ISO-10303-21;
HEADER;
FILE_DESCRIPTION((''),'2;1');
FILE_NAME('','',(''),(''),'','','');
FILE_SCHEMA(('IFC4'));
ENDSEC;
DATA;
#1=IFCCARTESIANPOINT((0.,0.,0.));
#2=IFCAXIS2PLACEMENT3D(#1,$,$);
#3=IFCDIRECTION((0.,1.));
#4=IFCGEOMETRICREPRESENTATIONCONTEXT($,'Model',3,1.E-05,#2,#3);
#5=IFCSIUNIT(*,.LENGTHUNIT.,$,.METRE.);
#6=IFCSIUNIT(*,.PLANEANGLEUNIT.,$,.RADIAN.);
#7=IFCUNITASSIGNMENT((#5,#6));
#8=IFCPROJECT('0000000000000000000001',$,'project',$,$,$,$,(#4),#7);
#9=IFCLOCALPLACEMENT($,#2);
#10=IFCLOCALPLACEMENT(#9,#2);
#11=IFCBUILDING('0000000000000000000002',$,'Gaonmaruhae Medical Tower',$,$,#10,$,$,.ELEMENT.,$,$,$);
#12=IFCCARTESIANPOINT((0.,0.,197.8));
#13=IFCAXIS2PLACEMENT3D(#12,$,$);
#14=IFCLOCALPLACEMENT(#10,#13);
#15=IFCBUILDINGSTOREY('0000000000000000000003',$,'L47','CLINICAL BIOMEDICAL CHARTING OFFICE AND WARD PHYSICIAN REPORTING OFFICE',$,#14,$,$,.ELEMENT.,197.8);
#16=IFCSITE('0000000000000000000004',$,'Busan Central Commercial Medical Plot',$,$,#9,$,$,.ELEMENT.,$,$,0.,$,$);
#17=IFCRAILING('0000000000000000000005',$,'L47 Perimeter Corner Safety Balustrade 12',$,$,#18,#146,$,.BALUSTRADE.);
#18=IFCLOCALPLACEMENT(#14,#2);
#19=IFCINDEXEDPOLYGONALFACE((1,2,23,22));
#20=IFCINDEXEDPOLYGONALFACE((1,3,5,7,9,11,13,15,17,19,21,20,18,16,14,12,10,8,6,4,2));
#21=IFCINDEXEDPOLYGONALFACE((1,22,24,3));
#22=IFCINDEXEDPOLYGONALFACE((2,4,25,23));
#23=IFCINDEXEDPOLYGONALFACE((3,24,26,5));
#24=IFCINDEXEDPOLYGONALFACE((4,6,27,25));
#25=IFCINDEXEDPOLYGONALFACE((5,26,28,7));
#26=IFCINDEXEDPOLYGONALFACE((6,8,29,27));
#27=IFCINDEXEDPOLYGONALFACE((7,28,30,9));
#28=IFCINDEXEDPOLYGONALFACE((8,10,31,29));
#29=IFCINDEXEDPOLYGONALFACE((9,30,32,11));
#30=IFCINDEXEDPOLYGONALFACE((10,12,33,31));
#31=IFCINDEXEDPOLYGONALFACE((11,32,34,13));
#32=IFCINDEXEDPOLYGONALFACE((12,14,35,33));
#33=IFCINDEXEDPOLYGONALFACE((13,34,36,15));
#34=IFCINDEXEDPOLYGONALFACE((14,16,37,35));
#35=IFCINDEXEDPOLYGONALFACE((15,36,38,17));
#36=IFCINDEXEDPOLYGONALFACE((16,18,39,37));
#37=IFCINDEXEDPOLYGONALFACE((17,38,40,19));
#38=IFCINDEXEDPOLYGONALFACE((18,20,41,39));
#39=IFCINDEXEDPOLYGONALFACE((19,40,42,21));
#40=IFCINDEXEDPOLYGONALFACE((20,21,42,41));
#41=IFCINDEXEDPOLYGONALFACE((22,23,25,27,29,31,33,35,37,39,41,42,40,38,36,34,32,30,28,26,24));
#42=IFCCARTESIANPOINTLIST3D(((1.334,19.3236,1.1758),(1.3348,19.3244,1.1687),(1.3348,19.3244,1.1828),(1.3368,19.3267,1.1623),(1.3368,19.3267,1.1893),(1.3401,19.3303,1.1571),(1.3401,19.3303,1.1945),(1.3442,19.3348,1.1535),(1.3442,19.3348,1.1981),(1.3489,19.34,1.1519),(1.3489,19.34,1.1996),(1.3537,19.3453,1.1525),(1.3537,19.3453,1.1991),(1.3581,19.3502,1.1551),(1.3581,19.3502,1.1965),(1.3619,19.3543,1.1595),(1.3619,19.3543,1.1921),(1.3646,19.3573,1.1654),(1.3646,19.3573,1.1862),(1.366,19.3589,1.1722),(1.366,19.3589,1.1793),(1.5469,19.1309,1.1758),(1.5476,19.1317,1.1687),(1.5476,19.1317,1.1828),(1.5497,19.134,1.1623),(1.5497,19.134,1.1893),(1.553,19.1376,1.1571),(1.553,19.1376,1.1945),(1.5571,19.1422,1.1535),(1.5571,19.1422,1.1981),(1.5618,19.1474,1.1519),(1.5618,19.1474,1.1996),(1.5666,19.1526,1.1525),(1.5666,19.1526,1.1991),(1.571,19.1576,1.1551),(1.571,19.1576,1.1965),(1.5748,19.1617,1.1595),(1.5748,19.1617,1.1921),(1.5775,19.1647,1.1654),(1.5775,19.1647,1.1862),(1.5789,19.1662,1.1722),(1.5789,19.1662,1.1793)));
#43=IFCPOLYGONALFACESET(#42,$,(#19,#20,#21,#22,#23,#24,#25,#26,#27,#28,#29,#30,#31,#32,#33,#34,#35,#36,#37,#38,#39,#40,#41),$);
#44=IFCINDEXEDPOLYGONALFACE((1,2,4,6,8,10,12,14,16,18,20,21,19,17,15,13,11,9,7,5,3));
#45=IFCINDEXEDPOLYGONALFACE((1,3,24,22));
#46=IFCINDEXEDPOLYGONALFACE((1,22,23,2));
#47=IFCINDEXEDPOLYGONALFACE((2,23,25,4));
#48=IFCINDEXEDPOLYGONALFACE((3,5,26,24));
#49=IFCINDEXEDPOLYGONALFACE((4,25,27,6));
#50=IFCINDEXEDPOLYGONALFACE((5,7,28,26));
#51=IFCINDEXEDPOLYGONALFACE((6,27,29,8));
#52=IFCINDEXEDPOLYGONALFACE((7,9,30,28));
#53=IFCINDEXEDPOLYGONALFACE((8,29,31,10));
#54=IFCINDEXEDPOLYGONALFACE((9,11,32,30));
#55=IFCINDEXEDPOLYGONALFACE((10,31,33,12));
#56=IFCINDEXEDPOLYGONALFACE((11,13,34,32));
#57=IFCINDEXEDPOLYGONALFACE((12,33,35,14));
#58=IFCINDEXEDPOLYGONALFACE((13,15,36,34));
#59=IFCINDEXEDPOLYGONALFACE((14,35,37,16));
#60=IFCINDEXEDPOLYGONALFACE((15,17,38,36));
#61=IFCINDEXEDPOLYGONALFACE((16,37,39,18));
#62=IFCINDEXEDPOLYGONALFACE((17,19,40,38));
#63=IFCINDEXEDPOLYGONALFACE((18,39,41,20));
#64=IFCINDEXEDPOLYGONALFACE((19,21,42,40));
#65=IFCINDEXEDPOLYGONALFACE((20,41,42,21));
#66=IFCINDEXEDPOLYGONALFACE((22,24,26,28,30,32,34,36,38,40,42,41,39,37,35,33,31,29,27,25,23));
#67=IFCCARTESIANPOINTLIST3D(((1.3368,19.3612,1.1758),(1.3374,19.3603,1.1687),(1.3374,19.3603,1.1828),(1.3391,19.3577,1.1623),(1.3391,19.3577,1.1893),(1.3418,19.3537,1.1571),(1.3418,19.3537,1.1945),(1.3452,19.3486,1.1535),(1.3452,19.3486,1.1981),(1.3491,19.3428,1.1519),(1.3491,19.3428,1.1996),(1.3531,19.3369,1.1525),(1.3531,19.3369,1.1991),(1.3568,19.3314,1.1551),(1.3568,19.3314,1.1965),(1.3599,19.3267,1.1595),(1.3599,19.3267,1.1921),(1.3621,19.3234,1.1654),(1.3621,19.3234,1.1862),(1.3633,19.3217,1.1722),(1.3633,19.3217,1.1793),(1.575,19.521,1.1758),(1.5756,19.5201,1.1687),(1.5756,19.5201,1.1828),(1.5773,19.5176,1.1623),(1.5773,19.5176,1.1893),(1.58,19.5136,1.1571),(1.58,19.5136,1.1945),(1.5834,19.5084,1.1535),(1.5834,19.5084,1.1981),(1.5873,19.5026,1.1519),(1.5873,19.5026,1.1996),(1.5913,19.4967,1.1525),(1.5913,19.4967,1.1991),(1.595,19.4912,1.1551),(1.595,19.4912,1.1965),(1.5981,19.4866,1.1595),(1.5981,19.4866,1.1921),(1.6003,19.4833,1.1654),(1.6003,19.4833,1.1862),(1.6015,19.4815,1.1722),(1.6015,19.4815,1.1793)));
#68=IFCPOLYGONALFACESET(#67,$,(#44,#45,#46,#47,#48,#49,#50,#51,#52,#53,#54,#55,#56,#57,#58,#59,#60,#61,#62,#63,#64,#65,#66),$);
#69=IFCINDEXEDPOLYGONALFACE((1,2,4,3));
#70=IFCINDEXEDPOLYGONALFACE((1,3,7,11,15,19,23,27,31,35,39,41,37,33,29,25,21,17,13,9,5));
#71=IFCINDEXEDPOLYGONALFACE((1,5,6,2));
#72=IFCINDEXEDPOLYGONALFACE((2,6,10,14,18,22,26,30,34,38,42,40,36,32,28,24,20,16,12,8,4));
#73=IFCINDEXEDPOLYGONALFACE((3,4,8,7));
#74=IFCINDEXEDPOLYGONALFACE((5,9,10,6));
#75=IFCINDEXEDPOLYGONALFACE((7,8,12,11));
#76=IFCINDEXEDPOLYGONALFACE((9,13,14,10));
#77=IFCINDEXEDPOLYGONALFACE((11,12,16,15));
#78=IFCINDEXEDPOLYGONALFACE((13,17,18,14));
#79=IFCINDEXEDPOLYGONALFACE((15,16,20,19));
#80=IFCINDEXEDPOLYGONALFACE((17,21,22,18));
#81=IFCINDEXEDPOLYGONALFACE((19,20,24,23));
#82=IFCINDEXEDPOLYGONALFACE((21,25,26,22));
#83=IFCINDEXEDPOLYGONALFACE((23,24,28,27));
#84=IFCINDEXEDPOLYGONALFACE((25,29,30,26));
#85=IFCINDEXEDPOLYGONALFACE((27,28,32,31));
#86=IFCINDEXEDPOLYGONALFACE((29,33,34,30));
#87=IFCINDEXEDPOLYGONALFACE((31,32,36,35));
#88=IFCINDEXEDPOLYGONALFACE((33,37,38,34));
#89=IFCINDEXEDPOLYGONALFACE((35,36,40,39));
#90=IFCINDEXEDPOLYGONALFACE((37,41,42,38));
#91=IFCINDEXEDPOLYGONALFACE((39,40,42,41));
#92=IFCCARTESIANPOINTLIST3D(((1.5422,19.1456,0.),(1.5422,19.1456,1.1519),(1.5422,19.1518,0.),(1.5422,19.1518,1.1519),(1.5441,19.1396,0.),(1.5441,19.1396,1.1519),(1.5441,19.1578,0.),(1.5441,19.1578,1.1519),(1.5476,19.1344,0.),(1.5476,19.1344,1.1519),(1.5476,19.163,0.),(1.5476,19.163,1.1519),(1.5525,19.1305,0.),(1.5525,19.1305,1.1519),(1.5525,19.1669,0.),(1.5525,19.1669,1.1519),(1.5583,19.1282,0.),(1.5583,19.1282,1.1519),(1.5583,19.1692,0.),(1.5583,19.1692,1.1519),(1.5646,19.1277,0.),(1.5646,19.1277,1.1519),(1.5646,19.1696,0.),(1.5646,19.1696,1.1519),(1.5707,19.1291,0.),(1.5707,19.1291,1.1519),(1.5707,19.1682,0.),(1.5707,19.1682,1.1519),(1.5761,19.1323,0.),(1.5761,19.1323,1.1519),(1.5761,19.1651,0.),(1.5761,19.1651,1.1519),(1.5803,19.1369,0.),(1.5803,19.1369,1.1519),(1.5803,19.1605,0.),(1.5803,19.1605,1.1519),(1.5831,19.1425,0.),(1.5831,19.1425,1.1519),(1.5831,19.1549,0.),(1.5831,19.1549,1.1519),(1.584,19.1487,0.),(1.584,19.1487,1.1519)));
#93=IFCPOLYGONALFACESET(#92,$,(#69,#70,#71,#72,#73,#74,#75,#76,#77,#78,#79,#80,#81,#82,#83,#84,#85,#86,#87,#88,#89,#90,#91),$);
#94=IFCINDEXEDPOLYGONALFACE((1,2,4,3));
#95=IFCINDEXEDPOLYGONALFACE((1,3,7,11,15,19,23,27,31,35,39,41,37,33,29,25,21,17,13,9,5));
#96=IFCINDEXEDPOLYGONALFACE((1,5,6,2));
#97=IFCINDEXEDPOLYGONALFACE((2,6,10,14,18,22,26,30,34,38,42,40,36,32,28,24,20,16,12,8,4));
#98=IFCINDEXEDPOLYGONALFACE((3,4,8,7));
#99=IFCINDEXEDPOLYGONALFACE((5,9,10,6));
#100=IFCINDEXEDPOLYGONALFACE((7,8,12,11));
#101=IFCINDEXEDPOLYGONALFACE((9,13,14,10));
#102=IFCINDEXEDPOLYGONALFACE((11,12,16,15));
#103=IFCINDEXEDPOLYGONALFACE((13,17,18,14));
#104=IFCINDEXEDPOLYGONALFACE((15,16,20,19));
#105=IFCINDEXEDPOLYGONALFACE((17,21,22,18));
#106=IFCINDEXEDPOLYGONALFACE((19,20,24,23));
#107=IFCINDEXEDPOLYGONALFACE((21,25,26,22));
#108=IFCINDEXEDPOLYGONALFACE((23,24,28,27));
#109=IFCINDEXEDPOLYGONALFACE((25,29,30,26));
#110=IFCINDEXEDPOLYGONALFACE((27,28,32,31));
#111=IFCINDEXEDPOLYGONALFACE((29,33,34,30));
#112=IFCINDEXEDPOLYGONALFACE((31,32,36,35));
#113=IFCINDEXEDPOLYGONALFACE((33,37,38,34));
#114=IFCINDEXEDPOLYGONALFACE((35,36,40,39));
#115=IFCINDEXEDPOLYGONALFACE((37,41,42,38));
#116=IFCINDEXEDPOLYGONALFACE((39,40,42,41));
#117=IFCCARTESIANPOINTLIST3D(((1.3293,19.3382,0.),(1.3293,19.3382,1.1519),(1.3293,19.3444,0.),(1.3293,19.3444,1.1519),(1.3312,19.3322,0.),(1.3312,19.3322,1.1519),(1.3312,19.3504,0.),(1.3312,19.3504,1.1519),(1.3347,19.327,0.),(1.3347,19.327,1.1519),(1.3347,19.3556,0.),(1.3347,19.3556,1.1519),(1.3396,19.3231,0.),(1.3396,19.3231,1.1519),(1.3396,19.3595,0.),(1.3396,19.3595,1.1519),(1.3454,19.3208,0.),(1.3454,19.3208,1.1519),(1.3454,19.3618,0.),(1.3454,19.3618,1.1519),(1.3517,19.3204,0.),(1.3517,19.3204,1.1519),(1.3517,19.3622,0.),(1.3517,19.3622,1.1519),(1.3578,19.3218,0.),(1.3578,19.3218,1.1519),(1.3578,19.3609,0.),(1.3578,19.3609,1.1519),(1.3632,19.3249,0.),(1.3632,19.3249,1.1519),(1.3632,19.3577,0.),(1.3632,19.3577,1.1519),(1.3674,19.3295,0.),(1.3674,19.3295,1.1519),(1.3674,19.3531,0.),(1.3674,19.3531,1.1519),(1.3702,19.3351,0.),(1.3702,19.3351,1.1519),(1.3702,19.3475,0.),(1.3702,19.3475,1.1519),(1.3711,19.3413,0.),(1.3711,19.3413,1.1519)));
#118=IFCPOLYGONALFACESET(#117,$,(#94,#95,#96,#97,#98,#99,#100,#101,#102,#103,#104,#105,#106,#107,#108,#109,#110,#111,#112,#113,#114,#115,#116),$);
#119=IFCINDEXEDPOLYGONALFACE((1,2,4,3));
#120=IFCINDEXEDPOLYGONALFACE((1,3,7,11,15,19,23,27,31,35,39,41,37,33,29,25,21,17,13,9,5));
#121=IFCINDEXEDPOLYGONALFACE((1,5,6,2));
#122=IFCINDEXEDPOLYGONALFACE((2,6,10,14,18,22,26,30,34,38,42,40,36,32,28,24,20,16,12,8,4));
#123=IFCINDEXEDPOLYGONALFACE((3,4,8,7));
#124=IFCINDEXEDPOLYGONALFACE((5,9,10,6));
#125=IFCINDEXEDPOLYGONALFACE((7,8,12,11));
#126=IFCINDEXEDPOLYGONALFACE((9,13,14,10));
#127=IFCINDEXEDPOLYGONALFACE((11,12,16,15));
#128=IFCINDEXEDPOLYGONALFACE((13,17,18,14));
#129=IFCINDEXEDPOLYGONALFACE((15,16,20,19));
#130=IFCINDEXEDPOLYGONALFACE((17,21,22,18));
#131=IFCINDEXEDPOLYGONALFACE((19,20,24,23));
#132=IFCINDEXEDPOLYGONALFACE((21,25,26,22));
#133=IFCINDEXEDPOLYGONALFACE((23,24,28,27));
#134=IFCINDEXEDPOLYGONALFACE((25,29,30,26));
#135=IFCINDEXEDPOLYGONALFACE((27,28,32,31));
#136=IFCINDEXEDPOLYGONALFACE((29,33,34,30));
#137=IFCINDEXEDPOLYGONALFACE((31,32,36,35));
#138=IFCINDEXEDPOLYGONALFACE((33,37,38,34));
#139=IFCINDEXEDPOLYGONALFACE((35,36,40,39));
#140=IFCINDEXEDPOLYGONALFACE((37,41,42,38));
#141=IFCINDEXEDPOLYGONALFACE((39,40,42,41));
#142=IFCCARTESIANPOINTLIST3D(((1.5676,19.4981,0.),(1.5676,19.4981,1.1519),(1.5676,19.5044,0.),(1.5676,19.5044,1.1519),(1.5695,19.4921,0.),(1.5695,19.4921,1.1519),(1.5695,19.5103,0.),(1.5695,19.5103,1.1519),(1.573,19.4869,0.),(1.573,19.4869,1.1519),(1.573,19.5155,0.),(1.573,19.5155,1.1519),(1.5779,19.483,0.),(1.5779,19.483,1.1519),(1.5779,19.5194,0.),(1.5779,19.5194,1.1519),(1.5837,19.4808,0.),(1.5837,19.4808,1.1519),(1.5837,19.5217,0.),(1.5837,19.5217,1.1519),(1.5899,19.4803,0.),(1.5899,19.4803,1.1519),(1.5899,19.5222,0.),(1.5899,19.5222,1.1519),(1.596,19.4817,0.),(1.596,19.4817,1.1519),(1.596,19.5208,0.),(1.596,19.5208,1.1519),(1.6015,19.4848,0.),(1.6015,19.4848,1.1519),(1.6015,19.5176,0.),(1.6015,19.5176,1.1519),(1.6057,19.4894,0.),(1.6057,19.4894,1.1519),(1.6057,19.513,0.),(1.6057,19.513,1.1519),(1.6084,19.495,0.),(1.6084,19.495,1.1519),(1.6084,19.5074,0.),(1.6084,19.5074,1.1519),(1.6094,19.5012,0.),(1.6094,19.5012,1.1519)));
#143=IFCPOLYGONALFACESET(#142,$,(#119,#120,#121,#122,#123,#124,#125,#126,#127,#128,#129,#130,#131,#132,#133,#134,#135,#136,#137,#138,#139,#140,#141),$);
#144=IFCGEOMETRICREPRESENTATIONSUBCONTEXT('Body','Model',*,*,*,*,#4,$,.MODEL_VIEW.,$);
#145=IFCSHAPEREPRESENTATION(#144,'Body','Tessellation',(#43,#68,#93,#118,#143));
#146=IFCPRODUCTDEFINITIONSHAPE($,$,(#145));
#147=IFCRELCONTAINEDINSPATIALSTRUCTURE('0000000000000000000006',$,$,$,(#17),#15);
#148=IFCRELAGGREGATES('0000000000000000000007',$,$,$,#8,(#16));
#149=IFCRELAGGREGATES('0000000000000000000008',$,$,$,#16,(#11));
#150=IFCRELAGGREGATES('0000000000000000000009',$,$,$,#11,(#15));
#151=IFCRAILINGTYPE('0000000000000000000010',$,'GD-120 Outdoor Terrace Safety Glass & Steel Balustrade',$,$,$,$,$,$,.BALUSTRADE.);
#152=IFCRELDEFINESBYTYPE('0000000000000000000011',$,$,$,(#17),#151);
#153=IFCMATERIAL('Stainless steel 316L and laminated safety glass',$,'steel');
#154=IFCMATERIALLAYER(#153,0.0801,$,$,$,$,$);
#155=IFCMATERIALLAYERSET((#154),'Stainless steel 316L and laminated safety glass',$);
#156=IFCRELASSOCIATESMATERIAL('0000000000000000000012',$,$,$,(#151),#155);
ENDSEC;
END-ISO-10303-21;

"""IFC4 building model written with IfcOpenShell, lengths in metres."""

from ifc_helpers import new_model, si_unit, direction, frame, origin, origin_2d, place, context, subcontext, project, spatial, circle, extrude, material, layer, layer_set, type_object, element, save


model = new_model("IFC4")

# Units and contexts
model_context = context("Model", 3, precision=1e-05, world=origin(), true_north=direction((0.0, 1.0)))
body_context = subcontext(model_context, "Body", "Model", "MODEL_VIEW")
ifc_project = project(units=[si_unit("LENGTHUNIT", "METRE"), si_unit("PLANEANGLEUNIT", "RADIAN")], contexts=[model_context])

# Site, building, storey
site_placement = place(None, origin())
site = spatial("IfcSite", under=ifc_project, at=site_placement, Name="Busan Central Commercial Medical Plot", CompositionType="ELEMENT", RefElevation=0.0)
building_placement = place(site_placement, origin())
building = spatial("IfcBuilding", under=site, at=building_placement, Name="Gaonmaruhae Medical Tower", CompositionType="ELEMENT")
storey_placement = place(building_placement, frame((0.0, 0.0, 197.8)))
storey = spatial("IfcBuildingStorey", under=building, at=storey_placement, Name="L47", Description="CLINICAL BIOMEDICAL CHARTING OFFICE AND WARD PHYSICIAN REPORTING OFFICE", CompositionType="ELEMENT", Elevation=197.8)

# Railing
ifc_material_1 = material(Name="Stainless steel 316L and laminated safety glass", Category="steel")
ifc_layer_1 = layer(ifc_material_1, 0.0801)
ifc_layer_set_1 = layer_set([ifc_layer_1], Name="Stainless steel 316L and laminated safety glass")
railing_type = type_object("IfcRailingType", Name="GD-120 Outdoor Terrace Safety Glass & Steel Balustrade", PredefinedType="BALUSTRADE", material=ifc_layer_set_1)
railing_1_placement = place(storey_placement, frame((1.563, 19.1487, 0.0)))
element("IfcRailing", 1, at=railing_1_placement, inside=storey, type_object=railing_type, Name="L47 Perimeter Corner Safety Balustrade 12", PredefinedType="BALUSTRADE", context=body_context, shape_type="SweptSolid", body=[
    extrude(circle(Radius=0.0239, at=origin_2d()), frame((0.0, 0.0, 1.1758), z_axis=(-0.741516, 0.670936, 0.0), x_axis=(-0.670936, -0.741516, 0.0)), (0.0, 0.0, 1.0), 0.2871),
    extrude(circle(Radius=0.0239, at=origin_2d()), frame((-0.2129, 0.1926, 1.1758), z_axis=(0.830345, 0.55725, 0.0), x_axis=(-0.55725, 0.830345, 0.0)), (0.0, 0.0, 1.0), 0.2869),
    extrude(circle(Radius=0.021, at=origin_2d()), origin(), (0.0, 0.0, 1.0), 1.1519),
    extrude(circle(Radius=0.021, at=origin_2d()), frame((-0.2129, 0.1926, 0.0)), (0.0, 0.0, 1.0), 1.1519),
    extrude(circle(Radius=0.021, at=origin_2d()), frame((0.0254, 0.3525, 0.0)), (0.0, 0.0, 1.0), 1.1519),
])

save(model, "model.ifc")
